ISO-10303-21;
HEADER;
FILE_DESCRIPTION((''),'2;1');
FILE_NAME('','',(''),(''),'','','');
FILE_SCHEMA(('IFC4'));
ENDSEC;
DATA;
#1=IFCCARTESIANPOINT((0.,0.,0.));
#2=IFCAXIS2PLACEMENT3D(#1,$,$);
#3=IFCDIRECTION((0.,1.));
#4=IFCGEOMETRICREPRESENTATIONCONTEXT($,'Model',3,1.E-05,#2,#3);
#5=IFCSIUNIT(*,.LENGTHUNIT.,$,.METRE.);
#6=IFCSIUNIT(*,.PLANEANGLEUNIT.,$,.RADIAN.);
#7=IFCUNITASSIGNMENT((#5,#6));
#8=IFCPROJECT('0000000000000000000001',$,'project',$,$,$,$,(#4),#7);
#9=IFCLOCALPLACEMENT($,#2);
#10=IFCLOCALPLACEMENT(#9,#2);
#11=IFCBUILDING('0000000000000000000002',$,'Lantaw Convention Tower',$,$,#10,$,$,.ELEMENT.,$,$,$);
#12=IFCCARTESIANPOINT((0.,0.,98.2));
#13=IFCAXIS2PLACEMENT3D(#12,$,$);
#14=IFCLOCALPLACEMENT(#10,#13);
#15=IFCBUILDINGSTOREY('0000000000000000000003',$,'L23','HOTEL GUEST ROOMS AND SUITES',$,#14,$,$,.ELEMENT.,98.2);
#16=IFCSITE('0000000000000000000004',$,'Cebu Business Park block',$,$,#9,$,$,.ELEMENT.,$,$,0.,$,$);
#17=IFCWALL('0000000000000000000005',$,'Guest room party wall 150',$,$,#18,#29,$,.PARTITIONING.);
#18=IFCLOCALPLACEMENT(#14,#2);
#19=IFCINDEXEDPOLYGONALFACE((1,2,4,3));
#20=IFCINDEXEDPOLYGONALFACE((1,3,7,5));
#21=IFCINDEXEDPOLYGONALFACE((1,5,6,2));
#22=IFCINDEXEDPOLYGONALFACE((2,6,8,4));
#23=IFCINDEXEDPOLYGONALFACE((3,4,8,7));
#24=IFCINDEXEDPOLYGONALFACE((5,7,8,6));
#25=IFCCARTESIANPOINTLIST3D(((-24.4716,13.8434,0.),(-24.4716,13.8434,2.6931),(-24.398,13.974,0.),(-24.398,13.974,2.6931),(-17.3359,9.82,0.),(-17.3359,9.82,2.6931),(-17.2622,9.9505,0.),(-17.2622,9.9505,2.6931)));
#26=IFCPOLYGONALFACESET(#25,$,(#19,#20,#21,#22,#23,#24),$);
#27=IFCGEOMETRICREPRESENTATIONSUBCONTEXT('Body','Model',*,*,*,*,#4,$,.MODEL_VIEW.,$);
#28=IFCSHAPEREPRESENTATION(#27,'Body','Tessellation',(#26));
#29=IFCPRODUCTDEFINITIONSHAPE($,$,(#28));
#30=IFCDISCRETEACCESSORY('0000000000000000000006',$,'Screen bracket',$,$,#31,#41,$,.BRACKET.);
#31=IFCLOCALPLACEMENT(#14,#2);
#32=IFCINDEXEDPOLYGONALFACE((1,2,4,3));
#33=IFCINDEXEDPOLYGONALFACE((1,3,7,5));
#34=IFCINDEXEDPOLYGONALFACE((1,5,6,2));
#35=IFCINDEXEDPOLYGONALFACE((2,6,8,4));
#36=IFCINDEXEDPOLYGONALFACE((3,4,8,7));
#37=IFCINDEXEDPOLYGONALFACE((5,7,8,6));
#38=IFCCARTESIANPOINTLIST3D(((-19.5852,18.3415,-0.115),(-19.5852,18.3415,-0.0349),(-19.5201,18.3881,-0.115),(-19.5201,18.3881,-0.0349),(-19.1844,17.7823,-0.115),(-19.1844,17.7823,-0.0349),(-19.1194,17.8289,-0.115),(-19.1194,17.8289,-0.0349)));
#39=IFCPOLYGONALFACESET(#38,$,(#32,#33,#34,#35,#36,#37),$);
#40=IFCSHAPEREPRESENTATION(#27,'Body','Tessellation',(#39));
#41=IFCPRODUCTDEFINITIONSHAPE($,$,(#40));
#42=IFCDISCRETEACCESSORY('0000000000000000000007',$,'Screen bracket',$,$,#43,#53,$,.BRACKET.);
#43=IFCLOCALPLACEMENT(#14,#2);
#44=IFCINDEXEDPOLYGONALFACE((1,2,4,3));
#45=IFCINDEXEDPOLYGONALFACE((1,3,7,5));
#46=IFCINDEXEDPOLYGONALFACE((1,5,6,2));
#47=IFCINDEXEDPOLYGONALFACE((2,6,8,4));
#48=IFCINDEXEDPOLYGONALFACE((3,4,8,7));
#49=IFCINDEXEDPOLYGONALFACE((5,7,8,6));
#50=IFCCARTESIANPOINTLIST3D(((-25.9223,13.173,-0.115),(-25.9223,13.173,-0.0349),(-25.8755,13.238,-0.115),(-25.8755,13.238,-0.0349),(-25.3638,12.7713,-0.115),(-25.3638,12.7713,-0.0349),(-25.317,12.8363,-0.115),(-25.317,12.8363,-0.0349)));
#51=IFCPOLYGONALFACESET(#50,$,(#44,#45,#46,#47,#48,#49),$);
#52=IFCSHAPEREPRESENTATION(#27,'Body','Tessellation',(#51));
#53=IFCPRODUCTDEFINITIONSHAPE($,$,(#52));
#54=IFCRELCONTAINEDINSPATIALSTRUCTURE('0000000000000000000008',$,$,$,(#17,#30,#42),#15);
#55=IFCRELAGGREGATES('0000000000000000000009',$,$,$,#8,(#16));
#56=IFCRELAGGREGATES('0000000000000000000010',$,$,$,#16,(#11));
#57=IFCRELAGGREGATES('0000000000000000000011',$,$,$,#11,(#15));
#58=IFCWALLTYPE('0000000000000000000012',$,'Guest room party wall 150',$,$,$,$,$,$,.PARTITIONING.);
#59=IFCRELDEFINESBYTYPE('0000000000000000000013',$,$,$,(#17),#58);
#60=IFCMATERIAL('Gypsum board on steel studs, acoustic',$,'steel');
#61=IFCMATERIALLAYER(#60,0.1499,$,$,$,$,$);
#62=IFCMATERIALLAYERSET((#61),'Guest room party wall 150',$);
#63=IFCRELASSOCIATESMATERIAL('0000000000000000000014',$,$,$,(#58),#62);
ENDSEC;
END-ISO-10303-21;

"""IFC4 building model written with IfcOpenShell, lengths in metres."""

from ifc_helpers import new_model, si_unit, direction, frame, frame_2d, origin, origin_2d, place, context, subcontext, project, spatial, rectangle, extrude, material, layer, layer_set, type_object, element, save


model = new_model("IFC4")

# Units and contexts
model_context = context("Model", 3, precision=1e-05, world=origin(), true_north=direction((0.0, 1.0)))
body_context = subcontext(model_context, "Body", "Model", "MODEL_VIEW")
ifc_project = project(units=[si_unit("LENGTHUNIT", "METRE"), si_unit("PLANEANGLEUNIT", "RADIAN")], contexts=[model_context])

# Site, building, storey
site_placement = place(None, origin())
site = spatial("IfcSite", under=ifc_project, at=site_placement, Name="Cebu Business Park block", CompositionType="ELEMENT", RefElevation=0.0)
building_placement = place(site_placement, origin())
building = spatial("IfcBuilding", under=site, at=building_placement, Name="Lantaw Convention Tower", CompositionType="ELEMENT")
storey_placement = place(building_placement, frame((0.0, 0.0, 98.2)))
storey = spatial("IfcBuildingStorey", under=building, at=storey_placement, Name="L23", Description="HOTEL GUEST ROOMS AND SUITES", CompositionType="ELEMENT", Elevation=98.2)

# Wall
ifc_material_1 = material(Name="Gypsum board on steel studs, acoustic", Category="steel")
ifc_layer_1 = layer(ifc_material_1, 0.1499)
ifc_layer_set_1 = layer_set([ifc_layer_1], Name="Guest room party wall 150")
wall_type_1 = type_object("IfcWallType", Name="Guest room party wall 150", PredefinedType="PARTITIONING", material=ifc_layer_set_1)
wall_1_placement = place(storey_placement, frame((-24.4348, 13.9087, 0.0), z_axis=(0.0, 0.0, 1.0), x_axis=(0.871075, -0.49115, 0.0)))
element("IfcWall", 1, at=wall_1_placement, inside=storey, type_object=wall_type_1, Name="Guest room party wall 150", PredefinedType="PARTITIONING", context=body_context, shape_type="SweptSolid", body=[
    extrude(rectangle(XDim=8.1919, YDim=0.1499, at=frame_2d((4.0959, 0.0))), origin(), (0.0, 0.0, 1.0), 2.6931),
])

# Discrete accessories
for number, where, z_axis, x_axis, name in (
    (2, (-19.3523, 18.0852, -0.115), (0.0, 0.0, 1.0), (-0.812804, -0.582538, 0.0), "Screen bracket"),
    (3, (-25.6196, 13.0046, -0.115), (0.0, 0.0, 1.0), (-0.583951, -0.811789, 0.0), "Screen bracket"),
):
    element("IfcDiscreteAccessory", number, at=place(storey_placement, frame(where, z_axis=z_axis, x_axis=x_axis)), inside=storey, Name=name, PredefinedType="BRACKET", context=body_context, shape_type="SweptSolid", body=[
        extrude(rectangle(XDim=0.0801, YDim=0.688, at=origin_2d()), origin(), (0.0, 0.0, 1.0), 0.0801),
    ])

save(model, "model.ifc")
